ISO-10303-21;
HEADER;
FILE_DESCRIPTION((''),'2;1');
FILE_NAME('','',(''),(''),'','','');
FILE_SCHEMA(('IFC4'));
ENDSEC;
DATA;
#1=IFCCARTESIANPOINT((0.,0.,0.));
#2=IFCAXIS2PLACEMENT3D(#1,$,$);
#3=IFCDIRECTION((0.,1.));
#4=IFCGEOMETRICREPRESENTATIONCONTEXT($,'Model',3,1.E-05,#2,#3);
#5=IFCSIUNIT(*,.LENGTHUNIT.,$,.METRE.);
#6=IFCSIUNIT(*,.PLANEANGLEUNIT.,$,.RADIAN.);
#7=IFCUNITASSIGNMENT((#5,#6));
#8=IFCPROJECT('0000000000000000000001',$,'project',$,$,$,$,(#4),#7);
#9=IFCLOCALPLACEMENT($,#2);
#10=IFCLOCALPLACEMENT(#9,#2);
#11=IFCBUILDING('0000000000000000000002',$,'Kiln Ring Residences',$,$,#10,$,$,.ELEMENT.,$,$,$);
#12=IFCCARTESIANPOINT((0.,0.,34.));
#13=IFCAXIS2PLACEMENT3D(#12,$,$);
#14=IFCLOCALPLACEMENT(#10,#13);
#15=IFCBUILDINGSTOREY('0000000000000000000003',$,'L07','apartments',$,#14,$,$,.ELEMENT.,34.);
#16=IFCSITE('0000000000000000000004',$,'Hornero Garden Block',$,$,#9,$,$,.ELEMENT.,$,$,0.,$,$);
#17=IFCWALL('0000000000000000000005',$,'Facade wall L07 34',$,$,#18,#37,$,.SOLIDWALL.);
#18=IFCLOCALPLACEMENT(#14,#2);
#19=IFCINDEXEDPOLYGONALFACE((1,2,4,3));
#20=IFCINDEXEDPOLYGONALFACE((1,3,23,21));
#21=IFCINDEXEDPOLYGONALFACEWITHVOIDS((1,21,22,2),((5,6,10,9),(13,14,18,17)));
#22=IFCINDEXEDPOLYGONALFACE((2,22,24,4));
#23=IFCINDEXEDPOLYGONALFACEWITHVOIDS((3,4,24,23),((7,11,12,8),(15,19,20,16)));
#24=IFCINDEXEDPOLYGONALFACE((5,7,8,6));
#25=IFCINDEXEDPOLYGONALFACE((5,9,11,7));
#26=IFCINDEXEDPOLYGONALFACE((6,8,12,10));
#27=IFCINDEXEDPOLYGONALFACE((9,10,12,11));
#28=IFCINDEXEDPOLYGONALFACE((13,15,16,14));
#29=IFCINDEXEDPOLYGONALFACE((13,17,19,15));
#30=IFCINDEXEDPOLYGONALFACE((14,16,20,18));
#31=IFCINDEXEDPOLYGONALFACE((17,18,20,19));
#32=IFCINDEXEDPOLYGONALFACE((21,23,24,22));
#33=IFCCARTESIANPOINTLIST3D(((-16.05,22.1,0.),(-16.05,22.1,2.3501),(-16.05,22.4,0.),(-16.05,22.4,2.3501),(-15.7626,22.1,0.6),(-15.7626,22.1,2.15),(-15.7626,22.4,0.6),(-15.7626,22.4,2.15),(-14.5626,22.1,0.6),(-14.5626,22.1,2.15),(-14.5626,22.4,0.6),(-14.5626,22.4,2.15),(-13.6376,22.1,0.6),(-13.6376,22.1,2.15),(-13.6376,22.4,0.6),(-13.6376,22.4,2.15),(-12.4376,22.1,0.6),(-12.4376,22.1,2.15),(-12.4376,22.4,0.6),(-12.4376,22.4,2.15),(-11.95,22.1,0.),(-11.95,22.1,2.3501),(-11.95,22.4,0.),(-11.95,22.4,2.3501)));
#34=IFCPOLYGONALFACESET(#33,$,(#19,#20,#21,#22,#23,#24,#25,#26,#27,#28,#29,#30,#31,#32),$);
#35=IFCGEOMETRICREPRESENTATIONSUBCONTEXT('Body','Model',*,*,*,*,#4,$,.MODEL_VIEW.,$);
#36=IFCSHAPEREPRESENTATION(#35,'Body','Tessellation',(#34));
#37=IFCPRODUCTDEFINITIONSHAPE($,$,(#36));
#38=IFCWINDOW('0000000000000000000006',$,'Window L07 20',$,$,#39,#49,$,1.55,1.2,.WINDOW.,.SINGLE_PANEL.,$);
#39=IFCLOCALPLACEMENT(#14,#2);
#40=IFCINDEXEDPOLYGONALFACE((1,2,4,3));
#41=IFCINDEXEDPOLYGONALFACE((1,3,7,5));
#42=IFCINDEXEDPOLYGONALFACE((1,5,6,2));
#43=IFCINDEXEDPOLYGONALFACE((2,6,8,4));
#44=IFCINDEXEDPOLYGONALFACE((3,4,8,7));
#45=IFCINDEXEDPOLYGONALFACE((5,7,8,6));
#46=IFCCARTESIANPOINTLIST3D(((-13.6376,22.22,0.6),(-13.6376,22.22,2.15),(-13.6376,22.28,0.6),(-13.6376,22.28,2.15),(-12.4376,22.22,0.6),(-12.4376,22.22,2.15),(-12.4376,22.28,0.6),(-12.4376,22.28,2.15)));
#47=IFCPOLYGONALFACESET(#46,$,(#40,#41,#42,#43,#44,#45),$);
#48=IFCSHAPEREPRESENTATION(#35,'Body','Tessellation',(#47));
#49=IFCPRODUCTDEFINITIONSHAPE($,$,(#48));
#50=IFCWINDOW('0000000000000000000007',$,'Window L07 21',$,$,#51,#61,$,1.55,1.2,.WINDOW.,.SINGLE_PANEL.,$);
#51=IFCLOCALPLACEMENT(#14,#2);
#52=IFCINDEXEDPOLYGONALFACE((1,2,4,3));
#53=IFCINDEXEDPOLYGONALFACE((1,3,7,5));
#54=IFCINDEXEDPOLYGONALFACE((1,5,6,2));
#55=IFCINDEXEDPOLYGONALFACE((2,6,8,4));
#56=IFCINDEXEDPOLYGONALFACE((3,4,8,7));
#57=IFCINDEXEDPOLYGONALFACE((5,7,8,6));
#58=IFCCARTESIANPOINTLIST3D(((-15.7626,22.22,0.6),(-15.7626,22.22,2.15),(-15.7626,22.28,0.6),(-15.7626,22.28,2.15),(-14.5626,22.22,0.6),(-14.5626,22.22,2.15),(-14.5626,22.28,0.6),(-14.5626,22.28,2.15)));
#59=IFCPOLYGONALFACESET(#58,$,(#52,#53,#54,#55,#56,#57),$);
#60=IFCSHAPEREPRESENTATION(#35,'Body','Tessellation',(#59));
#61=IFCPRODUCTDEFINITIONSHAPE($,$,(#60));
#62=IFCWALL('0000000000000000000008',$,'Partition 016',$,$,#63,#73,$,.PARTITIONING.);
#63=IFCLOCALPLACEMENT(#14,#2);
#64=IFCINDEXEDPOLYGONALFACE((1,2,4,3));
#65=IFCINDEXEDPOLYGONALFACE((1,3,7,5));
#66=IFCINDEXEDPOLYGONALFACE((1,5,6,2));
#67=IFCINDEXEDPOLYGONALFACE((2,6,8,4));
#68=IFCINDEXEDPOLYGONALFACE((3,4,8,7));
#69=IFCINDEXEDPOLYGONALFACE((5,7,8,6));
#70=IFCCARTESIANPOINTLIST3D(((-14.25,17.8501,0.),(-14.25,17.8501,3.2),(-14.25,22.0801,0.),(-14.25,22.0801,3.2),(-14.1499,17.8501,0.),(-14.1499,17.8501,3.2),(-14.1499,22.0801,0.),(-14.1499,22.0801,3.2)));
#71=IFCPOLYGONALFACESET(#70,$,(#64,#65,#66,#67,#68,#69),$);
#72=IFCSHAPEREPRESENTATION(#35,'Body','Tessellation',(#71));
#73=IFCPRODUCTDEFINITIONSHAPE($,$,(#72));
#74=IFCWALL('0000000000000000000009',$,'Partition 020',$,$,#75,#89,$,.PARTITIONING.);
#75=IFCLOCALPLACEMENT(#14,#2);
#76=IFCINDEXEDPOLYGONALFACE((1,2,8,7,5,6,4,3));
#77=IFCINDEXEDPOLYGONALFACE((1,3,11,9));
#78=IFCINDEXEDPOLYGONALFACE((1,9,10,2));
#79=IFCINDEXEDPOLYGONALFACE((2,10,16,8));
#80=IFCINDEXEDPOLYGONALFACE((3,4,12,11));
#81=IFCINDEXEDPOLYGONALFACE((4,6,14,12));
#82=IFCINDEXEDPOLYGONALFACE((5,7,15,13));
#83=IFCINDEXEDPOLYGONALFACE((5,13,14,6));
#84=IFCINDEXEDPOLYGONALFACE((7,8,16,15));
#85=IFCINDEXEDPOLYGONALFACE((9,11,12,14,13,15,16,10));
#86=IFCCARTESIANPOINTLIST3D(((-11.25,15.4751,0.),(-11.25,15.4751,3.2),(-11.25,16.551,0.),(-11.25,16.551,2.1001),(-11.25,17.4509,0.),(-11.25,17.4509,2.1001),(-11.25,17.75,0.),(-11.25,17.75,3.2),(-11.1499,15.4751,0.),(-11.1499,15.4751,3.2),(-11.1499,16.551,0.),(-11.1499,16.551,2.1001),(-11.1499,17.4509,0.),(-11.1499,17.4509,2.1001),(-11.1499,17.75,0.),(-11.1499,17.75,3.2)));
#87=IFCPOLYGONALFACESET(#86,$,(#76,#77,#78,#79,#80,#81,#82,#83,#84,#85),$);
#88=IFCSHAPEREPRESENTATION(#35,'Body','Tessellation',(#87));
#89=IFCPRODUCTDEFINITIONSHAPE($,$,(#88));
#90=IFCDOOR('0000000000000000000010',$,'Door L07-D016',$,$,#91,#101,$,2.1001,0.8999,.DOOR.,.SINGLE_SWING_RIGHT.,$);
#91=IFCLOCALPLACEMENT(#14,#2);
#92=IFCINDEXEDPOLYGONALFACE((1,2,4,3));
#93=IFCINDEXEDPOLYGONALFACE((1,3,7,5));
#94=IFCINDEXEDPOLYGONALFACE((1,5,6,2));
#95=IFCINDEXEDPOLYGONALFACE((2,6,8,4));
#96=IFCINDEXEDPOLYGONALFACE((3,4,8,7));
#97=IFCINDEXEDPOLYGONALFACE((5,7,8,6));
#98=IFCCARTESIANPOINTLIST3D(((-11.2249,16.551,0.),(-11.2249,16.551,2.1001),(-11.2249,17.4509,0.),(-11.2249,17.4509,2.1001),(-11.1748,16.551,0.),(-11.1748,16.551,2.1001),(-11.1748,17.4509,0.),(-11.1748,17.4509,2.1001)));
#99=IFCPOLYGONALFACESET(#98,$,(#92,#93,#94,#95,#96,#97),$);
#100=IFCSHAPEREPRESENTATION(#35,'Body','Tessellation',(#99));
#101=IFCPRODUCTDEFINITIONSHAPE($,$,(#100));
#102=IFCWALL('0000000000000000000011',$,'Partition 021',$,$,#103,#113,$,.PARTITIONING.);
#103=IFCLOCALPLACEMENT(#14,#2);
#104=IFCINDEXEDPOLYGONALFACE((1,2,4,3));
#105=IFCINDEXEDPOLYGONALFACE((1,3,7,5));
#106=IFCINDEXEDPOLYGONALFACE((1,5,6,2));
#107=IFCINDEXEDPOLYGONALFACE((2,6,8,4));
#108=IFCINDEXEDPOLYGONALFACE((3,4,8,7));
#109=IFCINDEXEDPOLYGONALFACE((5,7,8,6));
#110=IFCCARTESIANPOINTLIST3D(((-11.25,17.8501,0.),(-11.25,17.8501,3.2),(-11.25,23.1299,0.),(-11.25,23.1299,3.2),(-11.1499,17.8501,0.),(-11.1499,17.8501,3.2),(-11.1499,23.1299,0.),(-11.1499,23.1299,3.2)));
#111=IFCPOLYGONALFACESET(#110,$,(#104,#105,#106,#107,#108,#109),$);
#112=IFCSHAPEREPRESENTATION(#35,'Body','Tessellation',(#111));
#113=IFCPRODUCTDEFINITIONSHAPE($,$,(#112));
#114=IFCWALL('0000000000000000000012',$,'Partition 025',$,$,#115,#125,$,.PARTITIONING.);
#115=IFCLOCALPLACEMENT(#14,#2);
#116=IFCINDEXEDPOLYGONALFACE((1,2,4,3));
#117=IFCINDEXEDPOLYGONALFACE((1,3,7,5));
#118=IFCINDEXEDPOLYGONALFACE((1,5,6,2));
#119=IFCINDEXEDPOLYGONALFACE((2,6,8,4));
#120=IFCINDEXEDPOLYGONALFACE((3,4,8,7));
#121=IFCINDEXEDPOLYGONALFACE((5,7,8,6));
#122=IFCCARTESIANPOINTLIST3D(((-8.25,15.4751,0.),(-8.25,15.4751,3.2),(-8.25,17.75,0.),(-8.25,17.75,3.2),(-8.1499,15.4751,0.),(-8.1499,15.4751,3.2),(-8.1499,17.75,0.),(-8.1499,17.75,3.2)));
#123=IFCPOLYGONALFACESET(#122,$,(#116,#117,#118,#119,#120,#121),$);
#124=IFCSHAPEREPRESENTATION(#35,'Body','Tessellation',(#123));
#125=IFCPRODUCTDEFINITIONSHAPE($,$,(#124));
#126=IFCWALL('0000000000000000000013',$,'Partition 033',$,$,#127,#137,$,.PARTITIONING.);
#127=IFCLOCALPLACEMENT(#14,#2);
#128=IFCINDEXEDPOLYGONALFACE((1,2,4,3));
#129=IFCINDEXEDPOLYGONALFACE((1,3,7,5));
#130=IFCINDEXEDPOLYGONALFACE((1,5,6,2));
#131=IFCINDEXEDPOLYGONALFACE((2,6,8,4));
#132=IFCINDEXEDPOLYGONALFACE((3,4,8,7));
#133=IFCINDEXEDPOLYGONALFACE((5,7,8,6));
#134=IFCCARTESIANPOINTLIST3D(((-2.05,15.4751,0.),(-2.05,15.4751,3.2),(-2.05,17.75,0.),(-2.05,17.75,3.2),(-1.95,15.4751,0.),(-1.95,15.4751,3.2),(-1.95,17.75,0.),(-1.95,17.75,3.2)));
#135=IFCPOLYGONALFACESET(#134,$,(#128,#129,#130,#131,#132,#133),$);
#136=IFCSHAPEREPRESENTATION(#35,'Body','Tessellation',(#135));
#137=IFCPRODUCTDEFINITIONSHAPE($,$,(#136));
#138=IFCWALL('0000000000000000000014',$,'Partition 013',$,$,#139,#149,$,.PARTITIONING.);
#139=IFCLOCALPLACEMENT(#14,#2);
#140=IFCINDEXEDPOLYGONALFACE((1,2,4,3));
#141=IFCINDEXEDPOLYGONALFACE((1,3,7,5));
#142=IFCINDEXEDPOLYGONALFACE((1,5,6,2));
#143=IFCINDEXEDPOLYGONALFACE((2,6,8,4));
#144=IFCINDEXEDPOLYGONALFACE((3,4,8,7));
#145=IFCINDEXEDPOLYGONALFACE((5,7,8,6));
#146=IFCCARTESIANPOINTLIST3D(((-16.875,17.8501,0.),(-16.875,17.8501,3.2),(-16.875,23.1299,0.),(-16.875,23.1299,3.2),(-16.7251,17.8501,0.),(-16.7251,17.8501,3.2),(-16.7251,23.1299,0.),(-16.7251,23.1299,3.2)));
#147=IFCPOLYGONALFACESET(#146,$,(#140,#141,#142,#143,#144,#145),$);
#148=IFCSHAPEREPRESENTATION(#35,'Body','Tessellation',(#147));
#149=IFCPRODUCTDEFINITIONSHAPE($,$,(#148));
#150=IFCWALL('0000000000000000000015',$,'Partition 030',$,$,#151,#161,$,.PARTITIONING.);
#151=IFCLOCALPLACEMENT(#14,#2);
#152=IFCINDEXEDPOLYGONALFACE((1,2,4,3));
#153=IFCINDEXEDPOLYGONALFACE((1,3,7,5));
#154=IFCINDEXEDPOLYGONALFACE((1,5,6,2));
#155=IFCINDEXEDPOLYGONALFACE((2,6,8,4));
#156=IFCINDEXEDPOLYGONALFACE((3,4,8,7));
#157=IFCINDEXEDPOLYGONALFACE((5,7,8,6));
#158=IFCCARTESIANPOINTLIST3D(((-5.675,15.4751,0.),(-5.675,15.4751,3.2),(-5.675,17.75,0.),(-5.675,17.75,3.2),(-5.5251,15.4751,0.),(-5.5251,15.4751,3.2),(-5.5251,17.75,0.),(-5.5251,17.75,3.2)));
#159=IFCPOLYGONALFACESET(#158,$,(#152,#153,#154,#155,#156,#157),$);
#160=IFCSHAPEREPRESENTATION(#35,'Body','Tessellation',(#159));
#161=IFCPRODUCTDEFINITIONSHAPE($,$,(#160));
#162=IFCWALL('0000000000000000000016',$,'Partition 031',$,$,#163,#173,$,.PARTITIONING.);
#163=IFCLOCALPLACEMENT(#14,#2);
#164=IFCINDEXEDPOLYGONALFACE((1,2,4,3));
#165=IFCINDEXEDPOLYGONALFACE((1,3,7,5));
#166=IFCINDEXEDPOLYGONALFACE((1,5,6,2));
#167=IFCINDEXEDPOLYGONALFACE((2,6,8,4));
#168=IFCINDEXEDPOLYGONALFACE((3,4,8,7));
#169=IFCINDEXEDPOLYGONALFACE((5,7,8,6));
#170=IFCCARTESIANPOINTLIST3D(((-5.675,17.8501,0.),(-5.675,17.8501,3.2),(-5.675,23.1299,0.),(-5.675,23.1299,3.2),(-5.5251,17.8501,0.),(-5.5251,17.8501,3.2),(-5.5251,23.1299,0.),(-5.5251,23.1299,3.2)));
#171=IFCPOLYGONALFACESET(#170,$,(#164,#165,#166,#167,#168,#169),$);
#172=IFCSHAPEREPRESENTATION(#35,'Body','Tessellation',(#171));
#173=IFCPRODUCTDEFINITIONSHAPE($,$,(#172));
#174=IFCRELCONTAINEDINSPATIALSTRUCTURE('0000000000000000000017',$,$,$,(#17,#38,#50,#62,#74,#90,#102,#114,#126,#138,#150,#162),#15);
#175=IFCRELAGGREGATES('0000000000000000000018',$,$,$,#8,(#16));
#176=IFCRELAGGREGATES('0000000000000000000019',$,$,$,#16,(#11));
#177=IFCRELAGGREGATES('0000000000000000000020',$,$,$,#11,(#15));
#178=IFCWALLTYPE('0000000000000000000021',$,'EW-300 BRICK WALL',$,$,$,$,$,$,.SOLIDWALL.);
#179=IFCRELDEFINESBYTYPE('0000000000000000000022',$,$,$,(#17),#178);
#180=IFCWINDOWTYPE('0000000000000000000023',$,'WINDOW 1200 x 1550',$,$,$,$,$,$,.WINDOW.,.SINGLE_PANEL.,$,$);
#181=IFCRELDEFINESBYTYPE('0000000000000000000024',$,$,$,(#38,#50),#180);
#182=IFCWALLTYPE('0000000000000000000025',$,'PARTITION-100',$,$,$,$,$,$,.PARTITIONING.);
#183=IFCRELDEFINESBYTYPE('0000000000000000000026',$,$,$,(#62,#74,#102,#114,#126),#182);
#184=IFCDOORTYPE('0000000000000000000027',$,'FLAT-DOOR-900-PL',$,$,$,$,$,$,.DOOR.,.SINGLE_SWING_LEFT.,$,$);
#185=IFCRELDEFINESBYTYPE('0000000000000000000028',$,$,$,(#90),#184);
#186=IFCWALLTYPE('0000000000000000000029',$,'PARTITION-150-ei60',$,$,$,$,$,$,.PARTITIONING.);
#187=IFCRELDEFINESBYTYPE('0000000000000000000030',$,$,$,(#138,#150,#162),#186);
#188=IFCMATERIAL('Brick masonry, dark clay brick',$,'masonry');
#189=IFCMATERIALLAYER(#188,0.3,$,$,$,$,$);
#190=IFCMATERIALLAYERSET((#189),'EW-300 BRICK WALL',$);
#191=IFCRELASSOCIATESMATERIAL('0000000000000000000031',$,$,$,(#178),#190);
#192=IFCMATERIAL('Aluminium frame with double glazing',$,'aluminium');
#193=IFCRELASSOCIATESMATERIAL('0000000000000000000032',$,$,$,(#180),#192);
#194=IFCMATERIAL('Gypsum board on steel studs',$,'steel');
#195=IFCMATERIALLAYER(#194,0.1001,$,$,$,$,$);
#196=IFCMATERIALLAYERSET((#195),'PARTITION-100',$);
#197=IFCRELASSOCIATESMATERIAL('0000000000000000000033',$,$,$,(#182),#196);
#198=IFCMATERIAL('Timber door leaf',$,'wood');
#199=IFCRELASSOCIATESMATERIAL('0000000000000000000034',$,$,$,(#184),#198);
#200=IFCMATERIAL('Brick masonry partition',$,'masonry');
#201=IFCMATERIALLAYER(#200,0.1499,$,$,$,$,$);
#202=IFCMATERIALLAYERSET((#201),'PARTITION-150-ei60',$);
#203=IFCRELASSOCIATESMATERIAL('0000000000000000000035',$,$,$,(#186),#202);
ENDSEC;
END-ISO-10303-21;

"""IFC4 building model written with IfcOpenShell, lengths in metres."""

from ifc_helpers import new_model, si_unit, direction, frame, frame_2d, origin, place, context, subcontext, project, spatial, rectangle, extrude, material, layer, layer_set, type_object, element, fill, save


model = new_model("IFC4")

# Units and contexts
model_context = context("Model", 3, precision=1e-05, world=origin(), true_north=direction((0.0, 1.0)))
body_context = subcontext(model_context, "Body", "Model", "MODEL_VIEW")
ifc_project = project(units=[si_unit("LENGTHUNIT", "METRE"), si_unit("PLANEANGLEUNIT", "RADIAN")], contexts=[model_context])

# Site, building, storey
site_placement = place(None, origin())
site = spatial("IfcSite", under=ifc_project, at=site_placement, Name="Hornero Garden Block", CompositionType="ELEMENT", RefElevation=0.0)
building_placement = place(site_placement, origin())
building = spatial("IfcBuilding", under=site, at=building_placement, Name="Kiln Ring Residences", CompositionType="ELEMENT")
storey_placement = place(building_placement, frame((0.0, 0.0, 34.0)))
storey = spatial("IfcBuildingStorey", under=building, at=storey_placement, Name="L07", Description="apartments", CompositionType="ELEMENT", Elevation=34.0)

# Shared definitions
ifc_material_1 = material(Name="Brick masonry, dark clay brick", Category="masonry")
ifc_layer_1 = layer(ifc_material_1, 0.3)
ifc_layer_set_1 = layer_set([ifc_layer_1], Name="EW-300 BRICK WALL")
wall_type_1 = type_object("IfcWallType", Name="EW-300 BRICK WALL", PredefinedType="SOLIDWALL", material=ifc_layer_set_1)

# Wall, openings, windows
wall_1_placement = place(storey_placement, frame((-11.95, 22.25, 0.0), z_axis=(0.0, 0.0, 1.0), x_axis=(-1.0, 0.0, 0.0)))
wall_1 = element("IfcWall", 1, at=wall_1_placement, inside=storey, type_object=wall_type_1, Name="Facade wall L07 34", PredefinedType="SOLIDWALL", context=body_context, shape_type="SweptSolid", body=[
    extrude(rectangle(XDim=4.1001, YDim=0.3, at=frame_2d((2.05, 0.0))), origin(), (0.0, 0.0, 1.0), 2.3501),
])
opening_1_placement = place(wall_1_placement, frame((0.4875, 0.0, 0.6001)))
opening_1 = element("IfcOpeningElement", 2, at=opening_1_placement, cuts=wall_1, PredefinedType="OPENING", context=body_context, shape_type="SweptSolid", body=[
    extrude(rectangle(XDim=1.2, YDim=1.55, at=frame_2d((0.6001, 0.7749))), frame((0.0, 0.1599, 0.0), z_axis=(0.0, -1.0, 0.0), x_axis=(1.0, 0.0, 0.0)), (0.0, 0.0, 1.0), 0.3201),
])
opening_2_placement = place(wall_1_placement, frame((2.6125, 0.0, 0.6001)))
opening_2 = element("IfcOpeningElement", 3, at=opening_2_placement, cuts=wall_1, PredefinedType="OPENING", context=body_context, shape_type="SweptSolid", body=[
    extrude(rectangle(XDim=1.2, YDim=1.55, at=frame_2d((0.6001, 0.7749))), frame((0.0, 0.1599, 0.0), z_axis=(0.0, -1.0, 0.0), x_axis=(1.0, 0.0, 0.0)), (0.0, 0.0, 1.0), 0.3201),
])
ifc_material_2 = material(Name="Aluminium frame with double glazing", Category="aluminium")
window_type_1 = type_object("IfcWindowType", Name="WINDOW 1200 x 1550", PartitioningType="SINGLE_PANEL", PredefinedType="WINDOW", material=ifc_material_2)
window_1_placement = place(opening_1_placement, origin())
window_1 = element("IfcWindow", 4, at=window_1_placement, inside=storey, type_object=window_type_1, Name="Window L07 20", OverallHeight=1.55, OverallWidth=1.2, PartitioningType="SINGLE_PANEL", PredefinedType="WINDOW", context=body_context, shape_type="SweptSolid", body=[
    extrude(rectangle(XDim=1.2, YDim=1.55, at=frame_2d((0.6001, 0.7749))), frame((0.0, 0.03, 0.0), z_axis=(0.0, -1.0, 0.0), x_axis=(1.0, 0.0, 0.0)), (0.0, 0.0, 1.0), 0.0601),
])
fill(opening_1, window_1)
window_2_placement = place(opening_2_placement, origin())
window_2 = element("IfcWindow", 5, at=window_2_placement, inside=storey, type_object=window_type_1, Name="Window L07 21", OverallHeight=1.55, OverallWidth=1.2, PartitioningType="SINGLE_PANEL", PredefinedType="WINDOW", context=body_context, shape_type="SweptSolid", body=[
    extrude(rectangle(XDim=1.2, YDim=1.55, at=frame_2d((0.6001, 0.7749))), frame((0.0, 0.03, 0.0), z_axis=(0.0, -1.0, 0.0), x_axis=(1.0, 0.0, 0.0)), (0.0, 0.0, 1.0), 0.0601),
])
fill(opening_2, window_2)

# Wall
ifc_material_3 = material(Name="Gypsum board on steel studs", Category="steel")
ifc_layer_2 = layer(ifc_material_3, 0.1001)
ifc_layer_set_2 = layer_set([ifc_layer_2], Name="PARTITION-100")
wall_type_2 = type_object("IfcWallType", Name="PARTITION-100", PredefinedType="PARTITIONING", material=ifc_layer_set_2)
wall_2_placement = place(storey_placement, frame((-14.2, 17.8501, 0.0), z_axis=(0.0, 0.0, 1.0), x_axis=(0.0, 1.0, 0.0)))
element("IfcWall", 6, at=wall_2_placement, inside=storey, type_object=wall_type_2, Name="Partition 016", PredefinedType="PARTITIONING", context=body_context, shape_type="SweptSolid", body=[
    extrude(rectangle(XDim=4.23, YDim=0.1001, at=frame_2d((2.115, 0.0))), origin(), (0.0, 0.0, 1.0), 3.2),
])

# Wall, opening, door
wall_3_placement = place(storey_placement, frame((-11.2, 15.4751, 0.0), z_axis=(0.0, 0.0, 1.0), x_axis=(0.0, 1.0, 0.0)))
wall_3 = element("IfcWall", 7, at=wall_3_placement, inside=storey, type_object=wall_type_2, Name="Partition 020", PredefinedType="PARTITIONING", context=body_context, shape_type="SweptSolid", body=[
    extrude(rectangle(XDim=2.2749, YDim=0.1001, at=frame_2d((1.1375, 0.0))), origin(), (0.0, 0.0, 1.0), 3.2),
])
opening_3_placement = place(wall_3_placement, frame((1.0759, 0.0, 0.0)))
opening_3 = element("IfcOpeningElement", 8, at=opening_3_placement, cuts=wall_3, PredefinedType="OPENING", context=body_context, shape_type="SweptSolid", body=[
    extrude(rectangle(XDim=0.8999, YDim=2.1001, at=frame_2d((0.45, 1.05))), frame((0.0, 0.0601, 0.0), z_axis=(0.0, -1.0, 0.0), x_axis=(1.0, 0.0, 0.0)), (0.0, 0.0, 1.0), 0.1201),
])
ifc_material_4 = material(Name="Timber door leaf", Category="wood")
door_type = type_object("IfcDoorType", Name="FLAT-DOOR-900-PL", OperationType="SINGLE_SWING_LEFT", PredefinedType="DOOR", material=ifc_material_4)
door_placement = place(opening_3_placement, origin())
door = element("IfcDoor", 9, at=door_placement, inside=storey, type_object=door_type, Name="Door L07-D016", OperationType="SINGLE_SWING_RIGHT", OverallHeight=2.1001, OverallWidth=0.8999, PredefinedType="DOOR", context=body_context, shape_type="SweptSolid", body=[
    extrude(rectangle(XDim=0.8999, YDim=2.1001, at=frame_2d((0.45, 1.05))), frame((0.0, 0.0249, 0.0), z_axis=(0.0, -1.0, 0.0), x_axis=(1.0, 0.0, 0.0)), (0.0, 0.0, 1.0), 0.05),
])
fill(opening_3, door)

# Walls
wall_4_placement = place(storey_placement, frame((-11.2, 17.8501, 0.0), z_axis=(0.0, 0.0, 1.0), x_axis=(0.0, 1.0, 0.0)))
element("IfcWall", 10, at=wall_4_placement, inside=storey, type_object=wall_type_2, Name="Partition 021", PredefinedType="PARTITIONING", context=body_context, shape_type="SweptSolid", body=[
    extrude(rectangle(XDim=5.2798, YDim=0.1001, at=frame_2d((2.6399, 0.0))), origin(), (0.0, 0.0, 1.0), 3.2),
])
for number, where, z_axis, x_axis, name in (
    (11, (-8.2, 15.4751, 0.0), (0.0, 0.0, 1.0), (0.0, 1.0, 0.0), "Partition 025"),
    (12, (-2.0, 15.4751, 0.0), (0.0, 0.0, 1.0), (0.0, 1.0, 0.0), "Partition 033"),
):
    element("IfcWall", number, at=place(storey_placement, frame(where, z_axis=z_axis, x_axis=x_axis)), inside=storey, type_object=wall_type_2, Name=name, PredefinedType="PARTITIONING", context=body_context, shape_type="SweptSolid", body=[
        extrude(rectangle(XDim=2.2749, YDim=0.1001, at=frame_2d((1.1375, 0.0))), origin(), (0.0, 0.0, 1.0), 3.2),
    ])
ifc_material_5 = material(Name="Brick masonry partition", Category="masonry")
ifc_layer_3 = layer(ifc_material_5, 0.1499)
ifc_layer_set_3 = layer_set([ifc_layer_3], Name="PARTITION-150-ei60")
wall_type_3 = type_object("IfcWallType", Name="PARTITION-150-ei60", PredefinedType="PARTITIONING", material=ifc_layer_set_3)
wall_5_placement = place(storey_placement, frame((-16.8, 17.8501, 0.0), z_axis=(0.0, 0.0, 1.0), x_axis=(0.0, 1.0, 0.0)))
element("IfcWall", 13, at=wall_5_placement, inside=storey, type_object=wall_type_3, Name="Partition 013", PredefinedType="PARTITIONING", context=body_context, shape_type="SweptSolid", body=[
    extrude(rectangle(XDim=5.2798, YDim=0.1499, at=frame_2d((2.6399, 0.0))), origin(), (0.0, 0.0, 1.0), 3.2),
])
wall_6_placement = place(storey_placement, frame((-5.6001, 15.4751, 0.0), z_axis=(0.0, 0.0, 1.0), x_axis=(0.0, 1.0, 0.0)))
element("IfcWall", 14, at=wall_6_placement, inside=storey, type_object=wall_type_3, Name="Partition 030", PredefinedType="PARTITIONING", context=body_context, shape_type="SweptSolid", body=[
    extrude(rectangle(XDim=2.2749, YDim=0.1499, at=frame_2d((1.1375, 0.0))), origin(), (0.0, 0.0, 1.0), 3.2),
])
wall_7_placement = place(storey_placement, frame((-5.6001, 17.8501, 0.0), z_axis=(0.0, 0.0, 1.0), x_axis=(0.0, 1.0, 0.0)))
element("IfcWall", 15, at=wall_7_placement, inside=storey, type_object=wall_type_3, Name="Partition 031", PredefinedType="PARTITIONING", context=body_context, shape_type="SweptSolid", body=[
    extrude(rectangle(XDim=5.2798, YDim=0.1499, at=frame_2d((2.6399, 0.0))), origin(), (0.0, 0.0, 1.0), 3.2),
])

save(model, "model.ifc")
